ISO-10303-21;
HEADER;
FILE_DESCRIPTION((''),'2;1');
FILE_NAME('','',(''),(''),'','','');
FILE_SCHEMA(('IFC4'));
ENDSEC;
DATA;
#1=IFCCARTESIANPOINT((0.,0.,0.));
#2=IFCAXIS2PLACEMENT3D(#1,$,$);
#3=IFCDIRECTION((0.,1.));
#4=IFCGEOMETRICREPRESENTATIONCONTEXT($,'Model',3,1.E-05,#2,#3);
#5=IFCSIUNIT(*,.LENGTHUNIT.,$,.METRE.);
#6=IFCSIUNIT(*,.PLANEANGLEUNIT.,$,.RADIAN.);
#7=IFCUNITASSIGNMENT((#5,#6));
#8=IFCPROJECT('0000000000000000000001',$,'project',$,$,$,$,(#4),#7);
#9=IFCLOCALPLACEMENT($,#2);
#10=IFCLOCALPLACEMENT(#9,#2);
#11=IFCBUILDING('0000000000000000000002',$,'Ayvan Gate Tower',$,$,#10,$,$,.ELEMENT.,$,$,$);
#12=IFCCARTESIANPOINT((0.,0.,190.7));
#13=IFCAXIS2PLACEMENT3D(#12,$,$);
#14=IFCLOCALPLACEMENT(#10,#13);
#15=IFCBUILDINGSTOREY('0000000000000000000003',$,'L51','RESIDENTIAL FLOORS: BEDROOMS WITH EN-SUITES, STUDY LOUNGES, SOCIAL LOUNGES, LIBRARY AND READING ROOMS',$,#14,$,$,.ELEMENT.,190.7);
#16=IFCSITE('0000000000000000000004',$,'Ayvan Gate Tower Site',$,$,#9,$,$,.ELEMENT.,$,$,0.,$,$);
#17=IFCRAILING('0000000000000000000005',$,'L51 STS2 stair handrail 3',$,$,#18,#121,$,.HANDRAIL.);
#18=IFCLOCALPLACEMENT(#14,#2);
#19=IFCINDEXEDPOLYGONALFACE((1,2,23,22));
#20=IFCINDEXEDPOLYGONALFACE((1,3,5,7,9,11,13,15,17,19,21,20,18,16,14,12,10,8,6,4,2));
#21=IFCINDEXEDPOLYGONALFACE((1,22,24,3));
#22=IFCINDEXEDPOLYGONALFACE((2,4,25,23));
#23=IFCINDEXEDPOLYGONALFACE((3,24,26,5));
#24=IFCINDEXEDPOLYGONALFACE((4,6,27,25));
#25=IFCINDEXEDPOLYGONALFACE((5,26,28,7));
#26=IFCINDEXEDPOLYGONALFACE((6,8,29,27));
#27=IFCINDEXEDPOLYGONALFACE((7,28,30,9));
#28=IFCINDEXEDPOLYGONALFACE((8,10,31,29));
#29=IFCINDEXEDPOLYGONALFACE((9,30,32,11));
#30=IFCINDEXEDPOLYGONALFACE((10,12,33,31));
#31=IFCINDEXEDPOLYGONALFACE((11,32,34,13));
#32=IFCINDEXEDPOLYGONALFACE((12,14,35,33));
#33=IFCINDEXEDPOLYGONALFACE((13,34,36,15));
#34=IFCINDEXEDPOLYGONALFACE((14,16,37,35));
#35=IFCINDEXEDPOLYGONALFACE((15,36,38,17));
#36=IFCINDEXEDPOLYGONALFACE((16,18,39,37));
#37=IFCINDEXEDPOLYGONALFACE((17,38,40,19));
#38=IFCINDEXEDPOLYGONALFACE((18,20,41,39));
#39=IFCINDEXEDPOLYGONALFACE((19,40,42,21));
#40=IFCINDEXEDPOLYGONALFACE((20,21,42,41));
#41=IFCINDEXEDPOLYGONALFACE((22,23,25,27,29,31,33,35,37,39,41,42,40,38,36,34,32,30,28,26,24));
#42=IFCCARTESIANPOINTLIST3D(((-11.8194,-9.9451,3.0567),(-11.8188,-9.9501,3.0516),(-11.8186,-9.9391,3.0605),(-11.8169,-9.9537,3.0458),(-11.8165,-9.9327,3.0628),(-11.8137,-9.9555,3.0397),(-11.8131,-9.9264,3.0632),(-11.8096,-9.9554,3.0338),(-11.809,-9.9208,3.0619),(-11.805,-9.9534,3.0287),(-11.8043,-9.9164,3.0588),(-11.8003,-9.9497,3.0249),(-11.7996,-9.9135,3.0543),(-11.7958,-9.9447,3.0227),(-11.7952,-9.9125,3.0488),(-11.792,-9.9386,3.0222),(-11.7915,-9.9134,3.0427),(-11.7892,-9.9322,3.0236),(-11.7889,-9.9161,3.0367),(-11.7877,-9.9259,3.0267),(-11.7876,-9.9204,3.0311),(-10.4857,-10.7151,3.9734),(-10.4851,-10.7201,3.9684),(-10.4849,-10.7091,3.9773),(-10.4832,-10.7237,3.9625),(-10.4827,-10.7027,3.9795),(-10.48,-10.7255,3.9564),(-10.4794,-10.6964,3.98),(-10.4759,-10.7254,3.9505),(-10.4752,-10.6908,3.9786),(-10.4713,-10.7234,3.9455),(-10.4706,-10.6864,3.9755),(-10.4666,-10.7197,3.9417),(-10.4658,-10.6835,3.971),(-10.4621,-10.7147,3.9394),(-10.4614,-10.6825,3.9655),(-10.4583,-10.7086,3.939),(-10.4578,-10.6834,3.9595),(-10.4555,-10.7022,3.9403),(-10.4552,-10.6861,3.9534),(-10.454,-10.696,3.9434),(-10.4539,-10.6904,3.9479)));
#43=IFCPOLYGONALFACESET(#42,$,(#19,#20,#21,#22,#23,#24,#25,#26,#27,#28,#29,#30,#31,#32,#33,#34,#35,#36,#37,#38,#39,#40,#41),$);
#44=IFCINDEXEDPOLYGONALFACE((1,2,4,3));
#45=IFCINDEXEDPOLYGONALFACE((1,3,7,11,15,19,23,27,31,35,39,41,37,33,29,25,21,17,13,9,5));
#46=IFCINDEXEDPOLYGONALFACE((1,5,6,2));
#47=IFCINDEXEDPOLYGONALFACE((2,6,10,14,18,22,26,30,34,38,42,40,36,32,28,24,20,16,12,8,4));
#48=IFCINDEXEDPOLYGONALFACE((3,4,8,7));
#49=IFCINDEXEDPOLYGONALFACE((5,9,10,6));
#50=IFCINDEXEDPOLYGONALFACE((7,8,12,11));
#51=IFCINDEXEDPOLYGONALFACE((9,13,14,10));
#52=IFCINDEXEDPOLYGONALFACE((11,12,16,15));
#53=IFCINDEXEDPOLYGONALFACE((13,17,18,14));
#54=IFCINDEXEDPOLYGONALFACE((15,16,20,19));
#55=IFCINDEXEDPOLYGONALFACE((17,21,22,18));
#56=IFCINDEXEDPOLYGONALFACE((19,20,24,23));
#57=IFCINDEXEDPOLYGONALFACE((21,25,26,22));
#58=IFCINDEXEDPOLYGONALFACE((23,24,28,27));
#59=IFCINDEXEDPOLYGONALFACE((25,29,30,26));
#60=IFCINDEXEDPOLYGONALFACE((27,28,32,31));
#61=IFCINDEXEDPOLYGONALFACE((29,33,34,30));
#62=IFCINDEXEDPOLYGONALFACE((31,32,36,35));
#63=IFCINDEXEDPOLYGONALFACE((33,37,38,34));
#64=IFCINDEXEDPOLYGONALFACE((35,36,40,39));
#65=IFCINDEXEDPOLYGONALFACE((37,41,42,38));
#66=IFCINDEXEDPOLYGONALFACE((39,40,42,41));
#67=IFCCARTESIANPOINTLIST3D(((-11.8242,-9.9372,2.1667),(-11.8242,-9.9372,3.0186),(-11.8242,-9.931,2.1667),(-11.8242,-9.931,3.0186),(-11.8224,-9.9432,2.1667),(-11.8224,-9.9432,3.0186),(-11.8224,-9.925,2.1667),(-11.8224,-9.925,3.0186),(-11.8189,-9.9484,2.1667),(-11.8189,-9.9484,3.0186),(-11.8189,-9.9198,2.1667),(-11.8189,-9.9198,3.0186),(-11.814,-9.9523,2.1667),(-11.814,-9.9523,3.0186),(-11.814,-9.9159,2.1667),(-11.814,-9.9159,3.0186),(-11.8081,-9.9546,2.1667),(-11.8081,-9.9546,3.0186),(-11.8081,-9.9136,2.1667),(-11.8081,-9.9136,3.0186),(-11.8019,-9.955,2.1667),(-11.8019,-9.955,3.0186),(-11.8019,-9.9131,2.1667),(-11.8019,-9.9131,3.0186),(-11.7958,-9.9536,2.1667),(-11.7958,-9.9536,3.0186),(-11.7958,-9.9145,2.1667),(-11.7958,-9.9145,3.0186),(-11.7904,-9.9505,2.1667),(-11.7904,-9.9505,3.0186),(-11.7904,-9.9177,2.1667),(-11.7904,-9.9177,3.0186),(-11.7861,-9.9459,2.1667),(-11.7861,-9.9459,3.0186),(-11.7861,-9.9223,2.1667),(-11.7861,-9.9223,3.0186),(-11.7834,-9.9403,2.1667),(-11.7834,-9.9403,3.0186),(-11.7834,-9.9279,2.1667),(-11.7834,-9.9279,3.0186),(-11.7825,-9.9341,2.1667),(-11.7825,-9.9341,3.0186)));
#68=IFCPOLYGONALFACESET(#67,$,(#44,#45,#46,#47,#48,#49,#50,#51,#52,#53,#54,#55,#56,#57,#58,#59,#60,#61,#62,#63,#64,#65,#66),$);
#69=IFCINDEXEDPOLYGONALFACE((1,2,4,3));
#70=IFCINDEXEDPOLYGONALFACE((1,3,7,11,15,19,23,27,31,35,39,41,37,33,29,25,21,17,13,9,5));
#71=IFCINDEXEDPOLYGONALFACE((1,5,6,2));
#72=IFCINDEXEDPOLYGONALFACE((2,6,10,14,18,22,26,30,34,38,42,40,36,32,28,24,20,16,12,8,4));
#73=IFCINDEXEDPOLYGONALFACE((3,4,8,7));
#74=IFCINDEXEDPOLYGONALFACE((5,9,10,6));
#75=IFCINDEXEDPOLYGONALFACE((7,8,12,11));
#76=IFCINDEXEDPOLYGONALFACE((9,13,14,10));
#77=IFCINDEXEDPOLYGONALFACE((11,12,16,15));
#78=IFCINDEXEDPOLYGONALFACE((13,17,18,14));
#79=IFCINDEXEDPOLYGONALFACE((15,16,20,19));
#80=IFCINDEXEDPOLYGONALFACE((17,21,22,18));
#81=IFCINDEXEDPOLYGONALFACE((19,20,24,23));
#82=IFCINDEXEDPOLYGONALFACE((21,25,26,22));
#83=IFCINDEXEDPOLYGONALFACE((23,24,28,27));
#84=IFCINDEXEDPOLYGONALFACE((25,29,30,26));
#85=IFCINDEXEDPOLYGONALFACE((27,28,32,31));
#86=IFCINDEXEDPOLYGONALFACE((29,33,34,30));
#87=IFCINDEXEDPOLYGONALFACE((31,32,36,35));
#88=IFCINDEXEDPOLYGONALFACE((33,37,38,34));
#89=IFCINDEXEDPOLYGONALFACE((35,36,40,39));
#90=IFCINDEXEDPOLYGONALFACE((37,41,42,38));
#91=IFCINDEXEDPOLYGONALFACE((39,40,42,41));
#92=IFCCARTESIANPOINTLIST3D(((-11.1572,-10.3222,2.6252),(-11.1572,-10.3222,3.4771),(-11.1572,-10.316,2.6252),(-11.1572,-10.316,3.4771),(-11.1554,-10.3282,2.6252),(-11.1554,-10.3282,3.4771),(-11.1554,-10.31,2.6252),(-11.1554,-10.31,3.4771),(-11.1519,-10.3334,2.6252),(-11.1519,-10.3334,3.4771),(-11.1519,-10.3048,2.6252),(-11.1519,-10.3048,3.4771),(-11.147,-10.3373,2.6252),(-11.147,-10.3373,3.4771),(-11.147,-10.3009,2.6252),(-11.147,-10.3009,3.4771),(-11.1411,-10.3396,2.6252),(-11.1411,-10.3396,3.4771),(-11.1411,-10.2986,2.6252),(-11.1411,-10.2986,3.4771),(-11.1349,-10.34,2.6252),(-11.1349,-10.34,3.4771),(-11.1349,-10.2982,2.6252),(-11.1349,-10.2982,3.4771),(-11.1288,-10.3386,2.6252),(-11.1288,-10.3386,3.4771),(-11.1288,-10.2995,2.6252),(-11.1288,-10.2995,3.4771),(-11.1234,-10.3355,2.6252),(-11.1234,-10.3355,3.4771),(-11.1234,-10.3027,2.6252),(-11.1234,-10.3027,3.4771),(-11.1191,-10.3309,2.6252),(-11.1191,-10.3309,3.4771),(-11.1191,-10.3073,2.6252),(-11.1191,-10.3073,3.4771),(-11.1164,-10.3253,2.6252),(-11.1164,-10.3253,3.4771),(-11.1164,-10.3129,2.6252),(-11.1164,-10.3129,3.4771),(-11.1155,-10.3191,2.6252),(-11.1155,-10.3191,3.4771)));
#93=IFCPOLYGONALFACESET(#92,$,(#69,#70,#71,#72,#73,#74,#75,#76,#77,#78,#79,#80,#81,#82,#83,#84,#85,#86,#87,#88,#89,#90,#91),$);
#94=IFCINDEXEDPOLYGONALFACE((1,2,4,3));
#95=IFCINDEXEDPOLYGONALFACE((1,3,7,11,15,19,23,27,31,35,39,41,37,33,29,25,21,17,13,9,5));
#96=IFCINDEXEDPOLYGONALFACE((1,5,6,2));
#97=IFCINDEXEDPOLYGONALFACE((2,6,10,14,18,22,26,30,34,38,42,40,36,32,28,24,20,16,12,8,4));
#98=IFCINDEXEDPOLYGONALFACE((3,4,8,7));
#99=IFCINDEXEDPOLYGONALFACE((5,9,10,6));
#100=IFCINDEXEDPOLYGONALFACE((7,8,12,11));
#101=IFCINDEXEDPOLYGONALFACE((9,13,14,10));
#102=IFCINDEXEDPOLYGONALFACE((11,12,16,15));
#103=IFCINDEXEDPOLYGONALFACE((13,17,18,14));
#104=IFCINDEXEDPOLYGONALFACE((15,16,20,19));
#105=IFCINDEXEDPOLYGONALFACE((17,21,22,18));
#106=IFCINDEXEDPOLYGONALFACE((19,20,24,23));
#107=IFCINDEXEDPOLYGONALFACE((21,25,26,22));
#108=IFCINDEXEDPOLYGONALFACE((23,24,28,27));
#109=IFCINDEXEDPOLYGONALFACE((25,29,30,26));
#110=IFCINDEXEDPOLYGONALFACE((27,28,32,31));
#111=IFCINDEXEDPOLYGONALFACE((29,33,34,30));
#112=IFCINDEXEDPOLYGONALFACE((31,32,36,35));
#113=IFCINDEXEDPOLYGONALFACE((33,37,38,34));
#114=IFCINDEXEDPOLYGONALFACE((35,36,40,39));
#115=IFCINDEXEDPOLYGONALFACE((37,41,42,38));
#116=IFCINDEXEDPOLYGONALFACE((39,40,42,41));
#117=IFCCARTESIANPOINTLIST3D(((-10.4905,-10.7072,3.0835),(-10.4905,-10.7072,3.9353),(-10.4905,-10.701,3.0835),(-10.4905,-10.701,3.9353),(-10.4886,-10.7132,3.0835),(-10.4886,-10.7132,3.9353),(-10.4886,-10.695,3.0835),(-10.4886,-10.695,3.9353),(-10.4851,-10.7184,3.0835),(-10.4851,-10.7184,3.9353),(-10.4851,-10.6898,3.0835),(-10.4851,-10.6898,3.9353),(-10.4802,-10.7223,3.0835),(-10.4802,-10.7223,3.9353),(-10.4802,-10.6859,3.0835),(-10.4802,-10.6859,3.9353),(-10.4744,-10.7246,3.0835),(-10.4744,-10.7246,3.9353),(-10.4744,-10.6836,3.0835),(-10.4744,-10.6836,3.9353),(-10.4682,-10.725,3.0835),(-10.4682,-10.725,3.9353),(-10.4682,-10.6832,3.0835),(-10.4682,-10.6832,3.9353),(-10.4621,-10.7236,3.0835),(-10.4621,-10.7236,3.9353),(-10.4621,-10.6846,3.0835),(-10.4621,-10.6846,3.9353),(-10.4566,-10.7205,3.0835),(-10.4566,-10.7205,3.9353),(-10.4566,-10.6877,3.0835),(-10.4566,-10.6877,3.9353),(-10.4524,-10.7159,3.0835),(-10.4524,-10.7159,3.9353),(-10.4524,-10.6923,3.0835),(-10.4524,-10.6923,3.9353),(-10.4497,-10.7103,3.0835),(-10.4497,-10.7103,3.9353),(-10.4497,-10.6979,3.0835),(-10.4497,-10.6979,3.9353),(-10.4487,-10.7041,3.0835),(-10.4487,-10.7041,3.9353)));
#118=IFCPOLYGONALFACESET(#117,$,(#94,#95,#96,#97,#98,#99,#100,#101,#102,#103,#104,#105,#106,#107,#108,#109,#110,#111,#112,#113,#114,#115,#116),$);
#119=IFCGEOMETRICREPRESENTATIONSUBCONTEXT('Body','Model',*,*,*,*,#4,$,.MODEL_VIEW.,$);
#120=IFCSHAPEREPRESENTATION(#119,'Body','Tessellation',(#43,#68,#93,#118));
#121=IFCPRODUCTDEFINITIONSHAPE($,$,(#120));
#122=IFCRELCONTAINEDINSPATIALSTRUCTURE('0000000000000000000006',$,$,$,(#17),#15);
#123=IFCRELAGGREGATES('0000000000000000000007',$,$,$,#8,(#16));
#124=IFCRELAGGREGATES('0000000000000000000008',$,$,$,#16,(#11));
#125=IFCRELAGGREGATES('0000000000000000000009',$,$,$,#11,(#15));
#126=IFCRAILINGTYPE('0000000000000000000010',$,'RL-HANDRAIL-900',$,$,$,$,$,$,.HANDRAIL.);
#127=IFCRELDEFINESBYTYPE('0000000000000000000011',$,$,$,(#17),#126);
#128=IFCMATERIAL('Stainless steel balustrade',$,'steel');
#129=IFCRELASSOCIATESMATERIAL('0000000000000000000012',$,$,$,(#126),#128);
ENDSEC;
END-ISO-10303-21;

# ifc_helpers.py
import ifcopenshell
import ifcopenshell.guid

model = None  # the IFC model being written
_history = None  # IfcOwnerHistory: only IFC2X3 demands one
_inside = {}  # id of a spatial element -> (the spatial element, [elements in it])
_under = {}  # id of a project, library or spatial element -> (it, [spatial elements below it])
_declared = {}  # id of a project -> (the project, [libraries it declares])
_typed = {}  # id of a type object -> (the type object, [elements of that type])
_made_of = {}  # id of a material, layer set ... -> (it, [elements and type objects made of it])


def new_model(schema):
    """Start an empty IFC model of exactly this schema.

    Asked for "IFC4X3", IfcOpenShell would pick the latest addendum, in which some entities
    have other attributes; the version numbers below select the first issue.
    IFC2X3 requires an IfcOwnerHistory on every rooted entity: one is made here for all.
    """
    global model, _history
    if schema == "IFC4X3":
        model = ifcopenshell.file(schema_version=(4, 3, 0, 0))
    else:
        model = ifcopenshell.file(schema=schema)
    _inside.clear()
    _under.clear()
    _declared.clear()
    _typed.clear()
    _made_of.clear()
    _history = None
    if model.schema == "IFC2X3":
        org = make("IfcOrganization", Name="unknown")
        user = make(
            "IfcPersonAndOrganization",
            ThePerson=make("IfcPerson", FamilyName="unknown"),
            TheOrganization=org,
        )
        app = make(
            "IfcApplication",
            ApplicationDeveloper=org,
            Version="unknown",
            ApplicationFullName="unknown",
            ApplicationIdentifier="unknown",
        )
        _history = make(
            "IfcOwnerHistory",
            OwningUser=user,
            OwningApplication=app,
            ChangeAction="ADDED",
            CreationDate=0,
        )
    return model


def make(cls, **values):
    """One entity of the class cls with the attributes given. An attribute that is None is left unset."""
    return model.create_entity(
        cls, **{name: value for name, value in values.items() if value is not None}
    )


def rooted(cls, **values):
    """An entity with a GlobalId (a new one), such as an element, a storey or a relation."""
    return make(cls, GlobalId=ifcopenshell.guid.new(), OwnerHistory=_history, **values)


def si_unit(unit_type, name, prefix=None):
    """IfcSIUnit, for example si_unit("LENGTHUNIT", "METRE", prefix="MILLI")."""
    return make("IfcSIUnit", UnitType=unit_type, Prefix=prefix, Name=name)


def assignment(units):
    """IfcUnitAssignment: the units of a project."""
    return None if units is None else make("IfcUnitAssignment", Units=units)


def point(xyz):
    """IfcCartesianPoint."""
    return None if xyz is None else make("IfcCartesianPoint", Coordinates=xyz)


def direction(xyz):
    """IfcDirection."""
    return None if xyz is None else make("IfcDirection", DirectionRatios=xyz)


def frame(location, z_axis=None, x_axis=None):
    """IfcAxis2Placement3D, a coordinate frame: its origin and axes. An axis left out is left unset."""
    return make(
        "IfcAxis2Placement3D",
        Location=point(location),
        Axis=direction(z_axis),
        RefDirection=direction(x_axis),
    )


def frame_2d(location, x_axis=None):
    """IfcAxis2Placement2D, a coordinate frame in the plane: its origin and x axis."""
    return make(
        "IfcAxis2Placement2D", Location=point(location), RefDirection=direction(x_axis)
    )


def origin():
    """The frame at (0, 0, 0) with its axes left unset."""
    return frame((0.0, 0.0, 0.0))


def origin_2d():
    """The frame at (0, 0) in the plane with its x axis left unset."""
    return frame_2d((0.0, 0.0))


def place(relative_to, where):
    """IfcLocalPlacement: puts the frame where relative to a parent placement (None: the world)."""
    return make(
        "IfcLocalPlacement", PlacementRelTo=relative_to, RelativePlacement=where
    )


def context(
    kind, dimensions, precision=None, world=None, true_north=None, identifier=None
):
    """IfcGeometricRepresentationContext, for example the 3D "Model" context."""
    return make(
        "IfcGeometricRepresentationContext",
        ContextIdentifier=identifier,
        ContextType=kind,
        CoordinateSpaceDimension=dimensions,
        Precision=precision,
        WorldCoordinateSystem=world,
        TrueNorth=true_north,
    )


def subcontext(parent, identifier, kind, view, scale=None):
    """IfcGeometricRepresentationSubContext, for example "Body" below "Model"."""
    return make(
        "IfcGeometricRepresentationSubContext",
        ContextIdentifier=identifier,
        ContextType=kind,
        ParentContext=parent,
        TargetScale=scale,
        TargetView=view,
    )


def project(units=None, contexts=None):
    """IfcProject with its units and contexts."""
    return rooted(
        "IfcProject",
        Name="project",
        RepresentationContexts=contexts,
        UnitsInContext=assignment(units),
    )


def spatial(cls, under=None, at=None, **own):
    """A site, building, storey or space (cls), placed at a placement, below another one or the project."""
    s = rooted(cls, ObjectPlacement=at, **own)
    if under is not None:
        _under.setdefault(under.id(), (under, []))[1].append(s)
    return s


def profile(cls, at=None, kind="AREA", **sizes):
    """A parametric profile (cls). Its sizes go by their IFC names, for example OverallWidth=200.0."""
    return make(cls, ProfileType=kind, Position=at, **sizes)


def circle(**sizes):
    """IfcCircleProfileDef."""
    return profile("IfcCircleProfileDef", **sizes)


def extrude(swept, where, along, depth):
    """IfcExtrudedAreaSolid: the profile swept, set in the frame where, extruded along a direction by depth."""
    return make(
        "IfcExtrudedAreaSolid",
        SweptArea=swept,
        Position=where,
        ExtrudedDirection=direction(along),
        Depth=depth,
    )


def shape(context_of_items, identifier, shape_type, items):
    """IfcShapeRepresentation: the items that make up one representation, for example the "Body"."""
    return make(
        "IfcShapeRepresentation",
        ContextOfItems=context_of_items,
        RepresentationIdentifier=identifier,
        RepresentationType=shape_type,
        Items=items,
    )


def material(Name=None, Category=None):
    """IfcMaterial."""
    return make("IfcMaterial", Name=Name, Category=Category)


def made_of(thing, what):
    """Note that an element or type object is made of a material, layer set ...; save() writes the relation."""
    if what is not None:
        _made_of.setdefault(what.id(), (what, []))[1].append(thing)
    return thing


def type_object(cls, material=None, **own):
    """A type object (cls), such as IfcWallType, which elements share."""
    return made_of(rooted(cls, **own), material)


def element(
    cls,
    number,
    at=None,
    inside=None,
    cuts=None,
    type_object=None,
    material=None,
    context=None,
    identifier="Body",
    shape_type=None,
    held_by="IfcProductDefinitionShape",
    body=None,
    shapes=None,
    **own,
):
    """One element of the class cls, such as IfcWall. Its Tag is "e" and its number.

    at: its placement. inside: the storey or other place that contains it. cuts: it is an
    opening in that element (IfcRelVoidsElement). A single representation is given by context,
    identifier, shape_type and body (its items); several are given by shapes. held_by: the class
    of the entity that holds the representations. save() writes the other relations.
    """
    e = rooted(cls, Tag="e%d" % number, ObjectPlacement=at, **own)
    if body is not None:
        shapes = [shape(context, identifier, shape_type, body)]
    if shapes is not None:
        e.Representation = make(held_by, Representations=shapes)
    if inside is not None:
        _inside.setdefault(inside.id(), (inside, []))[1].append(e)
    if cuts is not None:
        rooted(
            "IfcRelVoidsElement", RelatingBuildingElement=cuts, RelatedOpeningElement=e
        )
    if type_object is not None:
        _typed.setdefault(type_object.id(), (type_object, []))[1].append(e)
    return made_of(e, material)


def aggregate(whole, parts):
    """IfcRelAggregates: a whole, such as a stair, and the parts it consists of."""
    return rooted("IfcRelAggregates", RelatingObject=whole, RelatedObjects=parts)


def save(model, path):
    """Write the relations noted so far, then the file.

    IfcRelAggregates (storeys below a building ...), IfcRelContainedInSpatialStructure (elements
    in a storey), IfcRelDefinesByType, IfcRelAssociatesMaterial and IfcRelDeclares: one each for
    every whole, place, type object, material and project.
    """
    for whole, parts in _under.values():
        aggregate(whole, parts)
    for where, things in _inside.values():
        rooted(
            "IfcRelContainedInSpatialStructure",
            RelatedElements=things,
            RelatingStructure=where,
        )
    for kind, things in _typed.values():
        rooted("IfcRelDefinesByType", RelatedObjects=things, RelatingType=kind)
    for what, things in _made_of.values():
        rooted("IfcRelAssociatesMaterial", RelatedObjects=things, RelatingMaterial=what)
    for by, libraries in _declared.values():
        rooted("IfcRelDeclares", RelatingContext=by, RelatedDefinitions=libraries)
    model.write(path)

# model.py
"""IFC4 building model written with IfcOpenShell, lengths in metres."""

from ifc_helpers import new_model, si_unit, direction, frame, origin, origin_2d, place, context, subcontext, project, spatial, circle, extrude, material, type_object, element, save


model = new_model("IFC4")

# Units and contexts
model_context = context("Model", 3, precision=1e-05, world=origin(), true_north=direction((0.0, 1.0)))
body_context = subcontext(model_context, "Body", "Model", "MODEL_VIEW")
ifc_project = project(units=[si_unit("LENGTHUNIT", "METRE"), si_unit("PLANEANGLEUNIT", "RADIAN")], contexts=[model_context])

# Site, building, storey
site_placement = place(None, origin())
site = spatial("IfcSite", under=ifc_project, at=site_placement, Name="Ayvan Gate Tower Site", CompositionType="ELEMENT", RefElevation=0.0)
building_placement = place(site_placement, origin())
building = spatial("IfcBuilding", under=site, at=building_placement, Name="Ayvan Gate Tower", CompositionType="ELEMENT")
storey_placement = place(building_placement, frame((0.0, 0.0, 190.7)))
storey = spatial("IfcBuildingStorey", under=building, at=storey_placement, Name="L51", Description="RESIDENTIAL FLOORS: BEDROOMS WITH EN-SUITES, STUDY LOUNGES, SOCIAL LOUNGES, LIBRARY AND READING ROOMS", CompositionType="ELEMENT", Elevation=190.7)

# Railing
ifc_material_1 = material(Name="Stainless steel balustrade", Category="steel")
railing_type_1 = type_object("IfcRailingType", Name="RL-HANDRAIL-900", PredefinedType="HANDRAIL", material=ifc_material_1)
railing_1_placement = place(storey_placement, frame((-11.8035, -9.9341, 2.1667)))
element("IfcRailing", 1, at=railing_1_placement, inside=storey, type_object=railing_type_1, Name="L51 STS2 stair handrail 3", PredefinedType="HANDRAIL", context=body_context, shape_type="SweptSolid", body=[
    extrude(circle(Radius=0.0239, at=origin_2d()), frame((0.0, 0.0, 0.876), z_axis=(0.744164, -0.429634, 0.511502), x_axis=(0.499992, 0.86603, 0.0)), (0.0, 0.0, 1.0), 1.7922),
    extrude(circle(Radius=0.021, at=origin_2d()), origin(), (0.0, 0.0, 1.0), 0.8518),
    extrude(circle(Radius=0.021, at=origin_2d()), frame((0.667, -0.385, 0.4585)), (0.0, 0.0, 1.0), 0.8518),
    extrude(circle(Radius=0.021, at=origin_2d()), frame((1.3337, -0.77, 0.9167)), (0.0, 0.0, 1.0), 0.8518),
])

save(model, "model.ifc")
